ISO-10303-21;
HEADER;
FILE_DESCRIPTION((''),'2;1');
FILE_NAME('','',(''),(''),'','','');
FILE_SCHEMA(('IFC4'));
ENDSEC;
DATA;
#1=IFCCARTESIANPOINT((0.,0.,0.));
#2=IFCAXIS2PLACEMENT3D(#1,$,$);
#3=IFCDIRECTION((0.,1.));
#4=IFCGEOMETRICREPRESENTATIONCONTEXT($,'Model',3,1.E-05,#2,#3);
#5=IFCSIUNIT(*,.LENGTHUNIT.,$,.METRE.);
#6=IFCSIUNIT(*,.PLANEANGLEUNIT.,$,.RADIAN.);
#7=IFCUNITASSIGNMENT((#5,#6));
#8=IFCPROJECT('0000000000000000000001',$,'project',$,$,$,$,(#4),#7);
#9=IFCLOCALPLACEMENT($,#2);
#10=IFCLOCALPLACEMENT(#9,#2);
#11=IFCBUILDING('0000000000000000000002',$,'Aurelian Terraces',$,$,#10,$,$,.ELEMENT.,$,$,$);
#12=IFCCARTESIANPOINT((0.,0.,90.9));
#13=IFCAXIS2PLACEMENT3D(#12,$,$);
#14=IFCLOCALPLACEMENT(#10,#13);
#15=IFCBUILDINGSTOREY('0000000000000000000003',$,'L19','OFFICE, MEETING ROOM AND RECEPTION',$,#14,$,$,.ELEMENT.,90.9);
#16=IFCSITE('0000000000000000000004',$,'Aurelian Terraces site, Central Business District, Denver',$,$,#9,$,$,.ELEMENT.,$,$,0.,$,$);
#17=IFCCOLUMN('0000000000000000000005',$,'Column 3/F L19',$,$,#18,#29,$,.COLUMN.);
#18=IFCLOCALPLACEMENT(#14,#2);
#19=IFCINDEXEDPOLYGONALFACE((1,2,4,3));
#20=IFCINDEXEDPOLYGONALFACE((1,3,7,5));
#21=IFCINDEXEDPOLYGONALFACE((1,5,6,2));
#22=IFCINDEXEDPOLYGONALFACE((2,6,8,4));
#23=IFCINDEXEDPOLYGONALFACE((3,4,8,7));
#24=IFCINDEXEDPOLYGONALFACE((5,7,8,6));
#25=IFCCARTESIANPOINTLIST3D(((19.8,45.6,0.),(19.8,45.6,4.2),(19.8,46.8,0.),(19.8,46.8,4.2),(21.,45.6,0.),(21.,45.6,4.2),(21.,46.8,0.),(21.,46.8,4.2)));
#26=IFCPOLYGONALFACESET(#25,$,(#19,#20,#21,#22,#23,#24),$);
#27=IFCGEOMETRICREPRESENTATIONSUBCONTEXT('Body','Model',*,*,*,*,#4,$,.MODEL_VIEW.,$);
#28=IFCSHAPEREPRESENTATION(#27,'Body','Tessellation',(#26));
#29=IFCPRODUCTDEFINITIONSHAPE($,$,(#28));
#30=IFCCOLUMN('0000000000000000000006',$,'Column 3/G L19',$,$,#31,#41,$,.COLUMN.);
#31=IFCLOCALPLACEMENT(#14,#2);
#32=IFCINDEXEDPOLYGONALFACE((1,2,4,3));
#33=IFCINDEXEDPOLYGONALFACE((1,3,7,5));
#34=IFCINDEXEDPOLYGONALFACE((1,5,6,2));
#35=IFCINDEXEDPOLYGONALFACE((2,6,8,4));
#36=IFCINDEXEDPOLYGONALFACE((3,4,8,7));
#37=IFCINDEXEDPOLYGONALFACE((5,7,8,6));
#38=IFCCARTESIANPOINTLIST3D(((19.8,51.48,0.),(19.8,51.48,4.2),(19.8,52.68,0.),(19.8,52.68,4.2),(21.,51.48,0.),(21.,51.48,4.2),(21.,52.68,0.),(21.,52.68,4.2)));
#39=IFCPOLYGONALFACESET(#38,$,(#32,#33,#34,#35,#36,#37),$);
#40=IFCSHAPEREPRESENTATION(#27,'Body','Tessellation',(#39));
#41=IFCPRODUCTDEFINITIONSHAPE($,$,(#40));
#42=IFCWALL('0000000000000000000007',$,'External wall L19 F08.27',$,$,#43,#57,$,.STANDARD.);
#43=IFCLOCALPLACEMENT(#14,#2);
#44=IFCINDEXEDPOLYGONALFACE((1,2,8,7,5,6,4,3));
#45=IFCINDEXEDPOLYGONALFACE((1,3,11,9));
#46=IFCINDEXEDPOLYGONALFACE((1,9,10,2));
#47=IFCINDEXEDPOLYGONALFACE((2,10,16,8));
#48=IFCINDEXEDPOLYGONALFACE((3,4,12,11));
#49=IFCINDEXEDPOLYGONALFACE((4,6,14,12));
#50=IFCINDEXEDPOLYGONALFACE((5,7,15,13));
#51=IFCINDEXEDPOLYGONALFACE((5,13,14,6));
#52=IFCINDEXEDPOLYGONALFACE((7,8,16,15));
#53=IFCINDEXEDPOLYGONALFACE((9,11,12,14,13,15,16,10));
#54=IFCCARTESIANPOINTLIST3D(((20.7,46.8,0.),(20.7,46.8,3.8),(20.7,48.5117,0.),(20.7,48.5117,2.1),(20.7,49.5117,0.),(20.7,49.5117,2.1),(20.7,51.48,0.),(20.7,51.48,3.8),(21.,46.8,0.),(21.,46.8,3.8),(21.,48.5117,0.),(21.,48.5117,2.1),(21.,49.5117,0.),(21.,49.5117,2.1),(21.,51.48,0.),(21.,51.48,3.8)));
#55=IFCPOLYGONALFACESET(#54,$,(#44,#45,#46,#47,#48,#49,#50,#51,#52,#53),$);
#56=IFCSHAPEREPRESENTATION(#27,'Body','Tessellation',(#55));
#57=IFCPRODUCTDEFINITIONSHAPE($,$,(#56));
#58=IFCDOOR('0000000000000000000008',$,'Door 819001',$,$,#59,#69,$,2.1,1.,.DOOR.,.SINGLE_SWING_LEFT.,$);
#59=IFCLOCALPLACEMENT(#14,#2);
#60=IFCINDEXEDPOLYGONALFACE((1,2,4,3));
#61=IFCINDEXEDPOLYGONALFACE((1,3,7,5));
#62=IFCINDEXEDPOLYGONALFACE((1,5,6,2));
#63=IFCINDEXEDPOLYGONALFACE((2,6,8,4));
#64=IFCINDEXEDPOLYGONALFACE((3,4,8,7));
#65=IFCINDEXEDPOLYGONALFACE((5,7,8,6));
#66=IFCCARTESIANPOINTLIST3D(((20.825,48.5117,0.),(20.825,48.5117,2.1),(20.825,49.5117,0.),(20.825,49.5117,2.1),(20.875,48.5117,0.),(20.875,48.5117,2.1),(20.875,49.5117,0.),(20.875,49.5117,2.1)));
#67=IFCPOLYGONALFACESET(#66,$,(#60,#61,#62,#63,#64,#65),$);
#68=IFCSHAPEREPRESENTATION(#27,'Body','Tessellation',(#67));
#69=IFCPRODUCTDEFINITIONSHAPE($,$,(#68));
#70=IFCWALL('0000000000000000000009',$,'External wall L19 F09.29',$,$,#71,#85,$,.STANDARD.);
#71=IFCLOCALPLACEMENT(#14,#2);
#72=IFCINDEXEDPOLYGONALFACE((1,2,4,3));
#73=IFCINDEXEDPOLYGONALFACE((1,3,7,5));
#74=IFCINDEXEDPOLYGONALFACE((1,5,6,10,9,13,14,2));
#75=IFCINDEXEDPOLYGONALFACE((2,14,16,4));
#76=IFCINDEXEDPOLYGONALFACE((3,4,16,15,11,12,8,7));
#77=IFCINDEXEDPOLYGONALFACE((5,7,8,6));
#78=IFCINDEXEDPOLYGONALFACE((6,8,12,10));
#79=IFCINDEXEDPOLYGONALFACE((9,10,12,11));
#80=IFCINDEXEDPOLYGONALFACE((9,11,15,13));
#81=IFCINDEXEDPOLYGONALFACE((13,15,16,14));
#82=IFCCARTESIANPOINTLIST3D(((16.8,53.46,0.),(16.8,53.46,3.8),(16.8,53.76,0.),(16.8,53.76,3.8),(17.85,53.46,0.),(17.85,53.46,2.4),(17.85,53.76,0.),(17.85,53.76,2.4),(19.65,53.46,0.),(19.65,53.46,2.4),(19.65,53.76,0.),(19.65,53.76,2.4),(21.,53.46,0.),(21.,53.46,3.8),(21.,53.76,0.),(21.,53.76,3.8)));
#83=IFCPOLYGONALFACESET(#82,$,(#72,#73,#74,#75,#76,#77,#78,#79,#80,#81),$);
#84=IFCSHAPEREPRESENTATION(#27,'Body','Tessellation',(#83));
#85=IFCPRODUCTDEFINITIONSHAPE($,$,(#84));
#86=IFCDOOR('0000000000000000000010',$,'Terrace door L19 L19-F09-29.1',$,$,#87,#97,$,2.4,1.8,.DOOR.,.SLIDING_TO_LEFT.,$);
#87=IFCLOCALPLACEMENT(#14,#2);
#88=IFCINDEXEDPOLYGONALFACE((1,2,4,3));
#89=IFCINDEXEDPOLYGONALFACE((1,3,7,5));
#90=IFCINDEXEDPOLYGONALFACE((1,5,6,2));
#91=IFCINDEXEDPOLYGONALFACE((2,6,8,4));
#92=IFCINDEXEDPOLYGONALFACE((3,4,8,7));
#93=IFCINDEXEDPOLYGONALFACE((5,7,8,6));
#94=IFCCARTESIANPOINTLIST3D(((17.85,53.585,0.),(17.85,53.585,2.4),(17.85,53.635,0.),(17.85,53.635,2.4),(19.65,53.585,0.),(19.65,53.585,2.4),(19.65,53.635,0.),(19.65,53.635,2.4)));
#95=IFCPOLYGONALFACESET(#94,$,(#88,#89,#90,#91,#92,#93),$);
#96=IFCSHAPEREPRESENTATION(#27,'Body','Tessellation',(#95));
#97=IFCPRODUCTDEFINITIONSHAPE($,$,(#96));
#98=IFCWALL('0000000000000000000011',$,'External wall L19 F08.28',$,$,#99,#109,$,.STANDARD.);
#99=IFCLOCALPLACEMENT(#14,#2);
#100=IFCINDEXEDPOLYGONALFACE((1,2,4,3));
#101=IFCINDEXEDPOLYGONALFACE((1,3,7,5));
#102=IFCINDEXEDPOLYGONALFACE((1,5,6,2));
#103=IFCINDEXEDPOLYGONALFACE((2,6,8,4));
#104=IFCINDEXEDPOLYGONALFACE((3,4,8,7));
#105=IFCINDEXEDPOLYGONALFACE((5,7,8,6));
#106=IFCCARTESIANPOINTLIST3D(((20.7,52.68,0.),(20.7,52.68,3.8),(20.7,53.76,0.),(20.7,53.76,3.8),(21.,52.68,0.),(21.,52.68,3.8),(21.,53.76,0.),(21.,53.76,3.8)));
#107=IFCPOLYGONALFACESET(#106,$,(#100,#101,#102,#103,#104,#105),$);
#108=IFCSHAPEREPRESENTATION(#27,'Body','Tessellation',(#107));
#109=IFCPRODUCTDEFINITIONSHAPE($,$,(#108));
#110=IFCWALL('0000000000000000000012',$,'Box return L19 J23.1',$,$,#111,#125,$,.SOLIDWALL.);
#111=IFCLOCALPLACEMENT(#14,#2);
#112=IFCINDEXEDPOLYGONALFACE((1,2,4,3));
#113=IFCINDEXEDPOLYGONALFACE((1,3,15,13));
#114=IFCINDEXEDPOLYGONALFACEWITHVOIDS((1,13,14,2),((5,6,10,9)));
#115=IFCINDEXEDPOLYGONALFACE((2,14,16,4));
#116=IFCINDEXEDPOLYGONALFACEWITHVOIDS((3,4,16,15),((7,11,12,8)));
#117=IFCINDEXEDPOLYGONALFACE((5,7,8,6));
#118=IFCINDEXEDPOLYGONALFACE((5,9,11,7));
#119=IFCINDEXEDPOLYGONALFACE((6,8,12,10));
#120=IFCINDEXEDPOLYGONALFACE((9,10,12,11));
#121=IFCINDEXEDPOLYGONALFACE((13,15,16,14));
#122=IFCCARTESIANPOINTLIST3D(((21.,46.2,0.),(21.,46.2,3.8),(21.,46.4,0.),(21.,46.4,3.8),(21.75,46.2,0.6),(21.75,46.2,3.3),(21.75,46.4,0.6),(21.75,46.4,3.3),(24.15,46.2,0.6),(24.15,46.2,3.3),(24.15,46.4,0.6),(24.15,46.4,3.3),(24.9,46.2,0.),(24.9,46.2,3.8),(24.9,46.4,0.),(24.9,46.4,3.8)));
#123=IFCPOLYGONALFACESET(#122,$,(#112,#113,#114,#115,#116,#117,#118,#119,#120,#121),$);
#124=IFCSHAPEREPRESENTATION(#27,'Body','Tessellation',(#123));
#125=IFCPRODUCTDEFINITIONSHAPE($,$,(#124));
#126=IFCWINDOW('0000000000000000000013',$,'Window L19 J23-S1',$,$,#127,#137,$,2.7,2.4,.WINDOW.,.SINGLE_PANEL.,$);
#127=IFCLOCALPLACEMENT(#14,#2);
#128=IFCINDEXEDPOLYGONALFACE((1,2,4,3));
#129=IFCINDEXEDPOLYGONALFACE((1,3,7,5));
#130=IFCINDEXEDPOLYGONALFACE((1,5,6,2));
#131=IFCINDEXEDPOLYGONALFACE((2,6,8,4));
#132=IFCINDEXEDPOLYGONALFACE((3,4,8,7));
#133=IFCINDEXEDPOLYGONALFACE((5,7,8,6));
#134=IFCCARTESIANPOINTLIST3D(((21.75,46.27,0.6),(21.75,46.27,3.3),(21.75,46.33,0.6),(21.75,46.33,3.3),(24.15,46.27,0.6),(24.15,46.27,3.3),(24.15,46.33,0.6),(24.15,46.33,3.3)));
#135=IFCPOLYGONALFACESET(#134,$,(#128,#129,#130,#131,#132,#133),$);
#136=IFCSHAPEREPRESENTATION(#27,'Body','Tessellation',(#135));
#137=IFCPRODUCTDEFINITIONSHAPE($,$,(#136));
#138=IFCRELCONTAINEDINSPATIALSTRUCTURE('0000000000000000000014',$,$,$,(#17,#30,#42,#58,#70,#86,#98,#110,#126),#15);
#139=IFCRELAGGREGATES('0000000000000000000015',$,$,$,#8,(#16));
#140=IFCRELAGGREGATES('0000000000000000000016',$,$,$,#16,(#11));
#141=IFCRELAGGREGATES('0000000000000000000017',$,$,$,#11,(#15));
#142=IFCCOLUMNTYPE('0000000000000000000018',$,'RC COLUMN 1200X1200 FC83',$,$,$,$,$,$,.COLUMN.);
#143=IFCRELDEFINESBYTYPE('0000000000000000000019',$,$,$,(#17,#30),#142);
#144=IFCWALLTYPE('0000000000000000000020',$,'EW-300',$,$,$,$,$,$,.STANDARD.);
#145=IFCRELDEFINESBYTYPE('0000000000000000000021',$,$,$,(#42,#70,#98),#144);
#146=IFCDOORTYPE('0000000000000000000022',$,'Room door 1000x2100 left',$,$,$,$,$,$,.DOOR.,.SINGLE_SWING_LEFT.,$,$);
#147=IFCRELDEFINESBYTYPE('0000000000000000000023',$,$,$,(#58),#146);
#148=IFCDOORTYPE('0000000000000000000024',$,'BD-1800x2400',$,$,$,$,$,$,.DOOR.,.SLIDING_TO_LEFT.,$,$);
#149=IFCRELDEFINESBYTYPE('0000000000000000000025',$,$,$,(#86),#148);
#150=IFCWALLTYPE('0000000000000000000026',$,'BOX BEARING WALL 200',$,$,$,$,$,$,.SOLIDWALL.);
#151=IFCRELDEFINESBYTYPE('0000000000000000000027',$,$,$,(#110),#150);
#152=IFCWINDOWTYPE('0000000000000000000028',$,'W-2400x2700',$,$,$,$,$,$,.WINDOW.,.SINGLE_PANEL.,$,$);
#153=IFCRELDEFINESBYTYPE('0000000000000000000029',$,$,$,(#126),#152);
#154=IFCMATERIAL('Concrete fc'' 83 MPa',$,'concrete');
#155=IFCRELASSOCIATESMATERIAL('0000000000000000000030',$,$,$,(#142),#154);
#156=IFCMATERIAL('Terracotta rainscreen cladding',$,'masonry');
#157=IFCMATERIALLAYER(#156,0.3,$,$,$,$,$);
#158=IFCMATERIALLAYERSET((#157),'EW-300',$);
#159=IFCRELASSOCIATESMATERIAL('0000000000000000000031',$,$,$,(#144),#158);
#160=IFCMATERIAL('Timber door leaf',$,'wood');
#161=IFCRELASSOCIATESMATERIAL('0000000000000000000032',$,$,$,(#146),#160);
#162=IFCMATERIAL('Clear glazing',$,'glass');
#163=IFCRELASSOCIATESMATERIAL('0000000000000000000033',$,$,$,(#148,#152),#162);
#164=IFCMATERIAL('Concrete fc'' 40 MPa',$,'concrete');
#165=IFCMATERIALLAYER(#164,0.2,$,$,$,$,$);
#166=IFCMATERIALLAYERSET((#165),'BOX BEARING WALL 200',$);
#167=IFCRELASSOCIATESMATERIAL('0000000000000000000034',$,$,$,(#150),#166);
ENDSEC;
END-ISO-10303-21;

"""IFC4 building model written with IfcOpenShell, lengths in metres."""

from ifc_helpers import new_model, si_unit, direction, frame, frame_2d, origin, origin_2d, place, context, subcontext, project, spatial, rectangle, extrude, source, transform, mapped, material, layer, layer_set, material_profile, profile_set, type_object, element, fill, save


model = new_model("IFC4")

# Units and contexts
model_context = context("Model", 3, precision=1e-05, world=origin(), true_north=direction((0.0, 1.0)))
body_context = subcontext(model_context, "Body", "Model", "MODEL_VIEW")
ifc_project = project(units=[si_unit("LENGTHUNIT", "METRE"), si_unit("PLANEANGLEUNIT", "RADIAN")], contexts=[model_context])

# Site, building, storey
site_placement = place(None, origin())
site = spatial("IfcSite", under=ifc_project, at=site_placement, Name="Aurelian Terraces site, Central Business District, Denver", CompositionType="ELEMENT", RefElevation=0.0)
building_placement = place(site_placement, origin())
building = spatial("IfcBuilding", under=site, at=building_placement, Name="Aurelian Terraces", CompositionType="ELEMENT")
storey_placement = place(building_placement, frame((0.0, 0.0, 90.9)))
storey = spatial("IfcBuildingStorey", under=building, at=storey_placement, Name="L19", Description="OFFICE, MEETING ROOM AND RECEPTION", CompositionType="ELEMENT", Elevation=90.9)

# Columns
ifc_material_1 = material(Name="Concrete fc' 83 MPa", Category="concrete")
ifc_material_profile = material_profile(ifc_material_1, rectangle(XDim=1.2, YDim=1.2, at=origin_2d()))
ifc_profile_set = profile_set([ifc_material_profile], Name="Concrete fc' 83 MPa")
column_type = type_object("IfcColumnType", Name="RC COLUMN 1200X1200 FC83", PredefinedType="COLUMN", material=ifc_profile_set)
shared_shape_1 = source(origin(), body_context, "Body", "SweptSolid", [
    extrude(rectangle(XDim=1.2, YDim=1.2, at=origin_2d()), origin(), (0.0, 0.0, 1.0), 4.2),
])
for number, where, z_axis, x_axis, name in (
    (1, (20.4, 46.2, 0.0), (0.0, 0.0, 1.0), (1.0, 0.0, 0.0), "Column 3/F L19"),
    (2, (20.4, 52.08, 0.0), (0.0, 0.0, 1.0), (1.0, 0.0, 0.0), "Column 3/G L19"),
):
    element("IfcColumn", number, at=place(storey_placement, frame(where, z_axis=z_axis, x_axis=x_axis)), inside=storey, type_object=column_type, Name=name, PredefinedType="COLUMN", context=body_context, shape_type="MappedRepresentation", body=[
        mapped(shared_shape_1, transform((0.0, 0.0, 0.0), scale=1.0)),
    ])

# Walls, openings, doors
ifc_material_2 = material(Name="Terracotta rainscreen cladding", Category="masonry")
ifc_layer_1 = layer(ifc_material_2, 0.3)
ifc_layer_set_1 = layer_set([ifc_layer_1], Name="EW-300")
wall_type_1 = type_object("IfcWallType", Name="EW-300", PredefinedType="STANDARD", material=ifc_layer_set_1)
shared_shape_2 = source(origin(), body_context, "Body", "SweptSolid", [
    extrude(rectangle(XDim=4.68, YDim=0.3, at=frame_2d((2.34, 0.0))), origin(), (0.0, 0.0, 1.0), 3.8),
])
wall_1_placement = place(storey_placement, frame((20.85, 46.8, 0.0), z_axis=(0.0, 0.0, 1.0), x_axis=(0.0, 1.0, 0.0)))
wall_1 = element("IfcWall", 3, at=wall_1_placement, inside=storey, type_object=wall_type_1, Name="External wall L19 F08.27", PredefinedType="STANDARD", context=body_context, shape_type="MappedRepresentation", body=[
    mapped(shared_shape_2, transform((0.0, 0.0, 0.0), scale=1.0)),
])
shared_shape_3 = source(origin(), body_context, "Body", "SweptSolid", [
    extrude(rectangle(XDim=1.0, YDim=2.1, at=frame_2d((0.5, 1.05))), frame((0.0, 0.16, 0.0), z_axis=(0.0, -1.0, 0.0), x_axis=(1.0, 0.0, 0.0)), (0.0, 0.0, 1.0), 0.32),
])
opening_1_placement = place(wall_1_placement, frame((1.7117, 0.0, 0.0)))
opening_1 = element("IfcOpeningElement", 4, at=opening_1_placement, cuts=wall_1, PredefinedType="OPENING", context=body_context, shape_type="MappedRepresentation", body=[
    mapped(shared_shape_3, transform((0.0, 0.0, 0.0), scale=1.0)),
])
ifc_material_3 = material(Name="Timber door leaf", Category="wood")
door_type_1 = type_object("IfcDoorType", Name="Room door 1000x2100 left", OperationType="SINGLE_SWING_LEFT", PredefinedType="DOOR", material=ifc_material_3)
shared_shape_4 = source(origin(), body_context, "Body", "SweptSolid", [
    extrude(rectangle(XDim=1.0, YDim=2.1, at=frame_2d((0.5, 1.05))), frame((0.0, 0.025, 0.0), z_axis=(0.0, -1.0, 0.0), x_axis=(1.0, 0.0, 0.0)), (0.0, 0.0, 1.0), 0.05),
])
door_1_placement = place(opening_1_placement, origin())
door_1 = element("IfcDoor", 5, at=door_1_placement, inside=storey, type_object=door_type_1, Name="Door 819001", OperationType="SINGLE_SWING_LEFT", OverallHeight=2.1, OverallWidth=1.0, PredefinedType="DOOR", context=body_context, shape_type="MappedRepresentation", body=[
    mapped(shared_shape_4, transform((0.0, 0.0, 0.0), scale=1.0)),
])
fill(opening_1, door_1)
shared_shape_5 = source(origin(), body_context, "Body", "SweptSolid", [
    extrude(rectangle(XDim=4.2, YDim=0.3, at=frame_2d((2.1, 0.0))), origin(), (0.0, 0.0, 1.0), 3.8),
])
wall_2_placement = place(storey_placement, frame((21.0, 53.61, 0.0), z_axis=(0.0, 0.0, 1.0), x_axis=(-1.0, 0.0, 0.0)))
wall_2 = element("IfcWall", 6, at=wall_2_placement, inside=storey, type_object=wall_type_1, Name="External wall L19 F09.29", PredefinedType="STANDARD", context=body_context, shape_type="MappedRepresentation", body=[
    mapped(shared_shape_5, transform((0.0, 0.0, 0.0), scale=1.0)),
])
shared_shape_6 = source(origin(), body_context, "Body", "SweptSolid", [
    extrude(rectangle(XDim=1.8, YDim=2.4, at=frame_2d((0.9, 1.2))), frame((0.0, 0.16, 0.0), z_axis=(0.0, -1.0, 0.0), x_axis=(1.0, 0.0, 0.0)), (0.0, 0.0, 1.0), 0.32),
])
opening_2_placement = place(wall_2_placement, frame((1.35, 0.0, 0.0)))
opening_2 = element("IfcOpeningElement", 7, at=opening_2_placement, cuts=wall_2, PredefinedType="OPENING", context=body_context, shape_type="MappedRepresentation", body=[
    mapped(shared_shape_6, transform((0.0, 0.0, 0.0), scale=1.0)),
])
ifc_material_4 = material(Name="Clear glazing", Category="glass")
door_type_2 = type_object("IfcDoorType", Name="BD-1800x2400", OperationType="SLIDING_TO_LEFT", PredefinedType="DOOR", material=ifc_material_4)
shared_shape_7 = source(origin(), body_context, "Body", "SweptSolid", [
    extrude(rectangle(XDim=1.8, YDim=2.4, at=frame_2d((0.9, 1.2))), frame((0.0, 0.025, 0.0), z_axis=(0.0, -1.0, 0.0), x_axis=(1.0, 0.0, 0.0)), (0.0, 0.0, 1.0), 0.05),
])
door_2_placement = place(opening_2_placement, origin())
door_2 = element("IfcDoor", 8, at=door_2_placement, inside=storey, type_object=door_type_2, Name="Terrace door L19 L19-F09-29.1", OperationType="SLIDING_TO_LEFT", OverallHeight=2.4, OverallWidth=1.8, PredefinedType="DOOR", context=body_context, shape_type="MappedRepresentation", body=[
    mapped(shared_shape_7, transform((0.0, 0.0, 0.0), scale=1.0)),
])
fill(opening_2, door_2)

# Wall
shared_shape_8 = source(origin(), body_context, "Body", "SweptSolid", [
    extrude(rectangle(XDim=1.08, YDim=0.3, at=frame_2d((0.54, 0.0))), origin(), (0.0, 0.0, 1.0), 3.8),
])
wall_3_placement = place(storey_placement, frame((20.85, 52.68, 0.0), z_axis=(0.0, 0.0, 1.0), x_axis=(0.0, 1.0, 0.0)))
element("IfcWall", 9, at=wall_3_placement, inside=storey, type_object=wall_type_1, Name="External wall L19 F08.28", PredefinedType="STANDARD", context=body_context, shape_type="MappedRepresentation", body=[
    mapped(shared_shape_8, transform((0.0, 0.0, 0.0), scale=1.0)),
])

# Wall, opening, window
ifc_material_5 = material(Name="Concrete fc' 40 MPa", Category="concrete")
ifc_layer_2 = layer(ifc_material_5, 0.2)
ifc_layer_set_2 = layer_set([ifc_layer_2], Name="BOX BEARING WALL 200")
wall_type_2 = type_object("IfcWallType", Name="BOX BEARING WALL 200", PredefinedType="SOLIDWALL", material=ifc_layer_set_2)
shared_shape_9 = source(origin(), body_context, "Body", "SweptSolid", [
    extrude(rectangle(XDim=3.9, YDim=0.2, at=frame_2d((1.95, 0.0))), origin(), (0.0, 0.0, 1.0), 3.8),
])
wall_4_placement = place(storey_placement, frame((21.0, 46.3, 0.0), z_axis=(0.0, 0.0, 1.0), x_axis=(1.0, 0.0, 0.0)))
wall_4 = element("IfcWall", 10, at=wall_4_placement, inside=storey, type_object=wall_type_2, Name="Box return L19 J23.1", PredefinedType="SOLIDWALL", context=body_context, shape_type="MappedRepresentation", body=[
    mapped(shared_shape_9, transform((0.0, 0.0, 0.0), scale=1.0)),
])
shared_shape_10 = source(origin(), body_context, "Body", "SweptSolid", [
    extrude(rectangle(XDim=2.4, YDim=2.7, at=frame_2d((1.2, 1.35))), frame((0.0, 0.11, 0.0), z_axis=(0.0, -1.0, 0.0), x_axis=(1.0, 0.0, 0.0)), (0.0, 0.0, 1.0), 0.22),
])
opening_3_placement = place(wall_4_placement, frame((0.75, 0.0, 0.6)))
opening_3 = element("IfcOpeningElement", 11, at=opening_3_placement, cuts=wall_4, PredefinedType="OPENING", context=body_context, shape_type="MappedRepresentation", body=[
    mapped(shared_shape_10, transform((0.0, 0.0, 0.0), scale=1.0)),
])
window_type_1 = type_object("IfcWindowType", Name="W-2400x2700", PartitioningType="SINGLE_PANEL", PredefinedType="WINDOW", material=ifc_material_4)
shared_shape_11 = source(origin(), body_context, "Body", "SweptSolid", [
    extrude(rectangle(XDim=2.4, YDim=2.7, at=frame_2d((1.2, 1.35))), frame((0.0, 0.03, 0.0), z_axis=(0.0, -1.0, 0.0), x_axis=(1.0, 0.0, 0.0)), (0.0, 0.0, 1.0), 0.06),
])
window_1_placement = place(opening_3_placement, origin())
window_1 = element("IfcWindow", 12, at=window_1_placement, inside=storey, type_object=window_type_1, Name="Window L19 J23-S1", OverallHeight=2.7, OverallWidth=2.4, PartitioningType="SINGLE_PANEL", PredefinedType="WINDOW", context=body_context, shape_type="MappedRepresentation", body=[
    mapped(shared_shape_11, transform((0.0, 0.0, 0.0), scale=1.0)),
])
fill(opening_3, window_1)

save(model, "model.ifc")
